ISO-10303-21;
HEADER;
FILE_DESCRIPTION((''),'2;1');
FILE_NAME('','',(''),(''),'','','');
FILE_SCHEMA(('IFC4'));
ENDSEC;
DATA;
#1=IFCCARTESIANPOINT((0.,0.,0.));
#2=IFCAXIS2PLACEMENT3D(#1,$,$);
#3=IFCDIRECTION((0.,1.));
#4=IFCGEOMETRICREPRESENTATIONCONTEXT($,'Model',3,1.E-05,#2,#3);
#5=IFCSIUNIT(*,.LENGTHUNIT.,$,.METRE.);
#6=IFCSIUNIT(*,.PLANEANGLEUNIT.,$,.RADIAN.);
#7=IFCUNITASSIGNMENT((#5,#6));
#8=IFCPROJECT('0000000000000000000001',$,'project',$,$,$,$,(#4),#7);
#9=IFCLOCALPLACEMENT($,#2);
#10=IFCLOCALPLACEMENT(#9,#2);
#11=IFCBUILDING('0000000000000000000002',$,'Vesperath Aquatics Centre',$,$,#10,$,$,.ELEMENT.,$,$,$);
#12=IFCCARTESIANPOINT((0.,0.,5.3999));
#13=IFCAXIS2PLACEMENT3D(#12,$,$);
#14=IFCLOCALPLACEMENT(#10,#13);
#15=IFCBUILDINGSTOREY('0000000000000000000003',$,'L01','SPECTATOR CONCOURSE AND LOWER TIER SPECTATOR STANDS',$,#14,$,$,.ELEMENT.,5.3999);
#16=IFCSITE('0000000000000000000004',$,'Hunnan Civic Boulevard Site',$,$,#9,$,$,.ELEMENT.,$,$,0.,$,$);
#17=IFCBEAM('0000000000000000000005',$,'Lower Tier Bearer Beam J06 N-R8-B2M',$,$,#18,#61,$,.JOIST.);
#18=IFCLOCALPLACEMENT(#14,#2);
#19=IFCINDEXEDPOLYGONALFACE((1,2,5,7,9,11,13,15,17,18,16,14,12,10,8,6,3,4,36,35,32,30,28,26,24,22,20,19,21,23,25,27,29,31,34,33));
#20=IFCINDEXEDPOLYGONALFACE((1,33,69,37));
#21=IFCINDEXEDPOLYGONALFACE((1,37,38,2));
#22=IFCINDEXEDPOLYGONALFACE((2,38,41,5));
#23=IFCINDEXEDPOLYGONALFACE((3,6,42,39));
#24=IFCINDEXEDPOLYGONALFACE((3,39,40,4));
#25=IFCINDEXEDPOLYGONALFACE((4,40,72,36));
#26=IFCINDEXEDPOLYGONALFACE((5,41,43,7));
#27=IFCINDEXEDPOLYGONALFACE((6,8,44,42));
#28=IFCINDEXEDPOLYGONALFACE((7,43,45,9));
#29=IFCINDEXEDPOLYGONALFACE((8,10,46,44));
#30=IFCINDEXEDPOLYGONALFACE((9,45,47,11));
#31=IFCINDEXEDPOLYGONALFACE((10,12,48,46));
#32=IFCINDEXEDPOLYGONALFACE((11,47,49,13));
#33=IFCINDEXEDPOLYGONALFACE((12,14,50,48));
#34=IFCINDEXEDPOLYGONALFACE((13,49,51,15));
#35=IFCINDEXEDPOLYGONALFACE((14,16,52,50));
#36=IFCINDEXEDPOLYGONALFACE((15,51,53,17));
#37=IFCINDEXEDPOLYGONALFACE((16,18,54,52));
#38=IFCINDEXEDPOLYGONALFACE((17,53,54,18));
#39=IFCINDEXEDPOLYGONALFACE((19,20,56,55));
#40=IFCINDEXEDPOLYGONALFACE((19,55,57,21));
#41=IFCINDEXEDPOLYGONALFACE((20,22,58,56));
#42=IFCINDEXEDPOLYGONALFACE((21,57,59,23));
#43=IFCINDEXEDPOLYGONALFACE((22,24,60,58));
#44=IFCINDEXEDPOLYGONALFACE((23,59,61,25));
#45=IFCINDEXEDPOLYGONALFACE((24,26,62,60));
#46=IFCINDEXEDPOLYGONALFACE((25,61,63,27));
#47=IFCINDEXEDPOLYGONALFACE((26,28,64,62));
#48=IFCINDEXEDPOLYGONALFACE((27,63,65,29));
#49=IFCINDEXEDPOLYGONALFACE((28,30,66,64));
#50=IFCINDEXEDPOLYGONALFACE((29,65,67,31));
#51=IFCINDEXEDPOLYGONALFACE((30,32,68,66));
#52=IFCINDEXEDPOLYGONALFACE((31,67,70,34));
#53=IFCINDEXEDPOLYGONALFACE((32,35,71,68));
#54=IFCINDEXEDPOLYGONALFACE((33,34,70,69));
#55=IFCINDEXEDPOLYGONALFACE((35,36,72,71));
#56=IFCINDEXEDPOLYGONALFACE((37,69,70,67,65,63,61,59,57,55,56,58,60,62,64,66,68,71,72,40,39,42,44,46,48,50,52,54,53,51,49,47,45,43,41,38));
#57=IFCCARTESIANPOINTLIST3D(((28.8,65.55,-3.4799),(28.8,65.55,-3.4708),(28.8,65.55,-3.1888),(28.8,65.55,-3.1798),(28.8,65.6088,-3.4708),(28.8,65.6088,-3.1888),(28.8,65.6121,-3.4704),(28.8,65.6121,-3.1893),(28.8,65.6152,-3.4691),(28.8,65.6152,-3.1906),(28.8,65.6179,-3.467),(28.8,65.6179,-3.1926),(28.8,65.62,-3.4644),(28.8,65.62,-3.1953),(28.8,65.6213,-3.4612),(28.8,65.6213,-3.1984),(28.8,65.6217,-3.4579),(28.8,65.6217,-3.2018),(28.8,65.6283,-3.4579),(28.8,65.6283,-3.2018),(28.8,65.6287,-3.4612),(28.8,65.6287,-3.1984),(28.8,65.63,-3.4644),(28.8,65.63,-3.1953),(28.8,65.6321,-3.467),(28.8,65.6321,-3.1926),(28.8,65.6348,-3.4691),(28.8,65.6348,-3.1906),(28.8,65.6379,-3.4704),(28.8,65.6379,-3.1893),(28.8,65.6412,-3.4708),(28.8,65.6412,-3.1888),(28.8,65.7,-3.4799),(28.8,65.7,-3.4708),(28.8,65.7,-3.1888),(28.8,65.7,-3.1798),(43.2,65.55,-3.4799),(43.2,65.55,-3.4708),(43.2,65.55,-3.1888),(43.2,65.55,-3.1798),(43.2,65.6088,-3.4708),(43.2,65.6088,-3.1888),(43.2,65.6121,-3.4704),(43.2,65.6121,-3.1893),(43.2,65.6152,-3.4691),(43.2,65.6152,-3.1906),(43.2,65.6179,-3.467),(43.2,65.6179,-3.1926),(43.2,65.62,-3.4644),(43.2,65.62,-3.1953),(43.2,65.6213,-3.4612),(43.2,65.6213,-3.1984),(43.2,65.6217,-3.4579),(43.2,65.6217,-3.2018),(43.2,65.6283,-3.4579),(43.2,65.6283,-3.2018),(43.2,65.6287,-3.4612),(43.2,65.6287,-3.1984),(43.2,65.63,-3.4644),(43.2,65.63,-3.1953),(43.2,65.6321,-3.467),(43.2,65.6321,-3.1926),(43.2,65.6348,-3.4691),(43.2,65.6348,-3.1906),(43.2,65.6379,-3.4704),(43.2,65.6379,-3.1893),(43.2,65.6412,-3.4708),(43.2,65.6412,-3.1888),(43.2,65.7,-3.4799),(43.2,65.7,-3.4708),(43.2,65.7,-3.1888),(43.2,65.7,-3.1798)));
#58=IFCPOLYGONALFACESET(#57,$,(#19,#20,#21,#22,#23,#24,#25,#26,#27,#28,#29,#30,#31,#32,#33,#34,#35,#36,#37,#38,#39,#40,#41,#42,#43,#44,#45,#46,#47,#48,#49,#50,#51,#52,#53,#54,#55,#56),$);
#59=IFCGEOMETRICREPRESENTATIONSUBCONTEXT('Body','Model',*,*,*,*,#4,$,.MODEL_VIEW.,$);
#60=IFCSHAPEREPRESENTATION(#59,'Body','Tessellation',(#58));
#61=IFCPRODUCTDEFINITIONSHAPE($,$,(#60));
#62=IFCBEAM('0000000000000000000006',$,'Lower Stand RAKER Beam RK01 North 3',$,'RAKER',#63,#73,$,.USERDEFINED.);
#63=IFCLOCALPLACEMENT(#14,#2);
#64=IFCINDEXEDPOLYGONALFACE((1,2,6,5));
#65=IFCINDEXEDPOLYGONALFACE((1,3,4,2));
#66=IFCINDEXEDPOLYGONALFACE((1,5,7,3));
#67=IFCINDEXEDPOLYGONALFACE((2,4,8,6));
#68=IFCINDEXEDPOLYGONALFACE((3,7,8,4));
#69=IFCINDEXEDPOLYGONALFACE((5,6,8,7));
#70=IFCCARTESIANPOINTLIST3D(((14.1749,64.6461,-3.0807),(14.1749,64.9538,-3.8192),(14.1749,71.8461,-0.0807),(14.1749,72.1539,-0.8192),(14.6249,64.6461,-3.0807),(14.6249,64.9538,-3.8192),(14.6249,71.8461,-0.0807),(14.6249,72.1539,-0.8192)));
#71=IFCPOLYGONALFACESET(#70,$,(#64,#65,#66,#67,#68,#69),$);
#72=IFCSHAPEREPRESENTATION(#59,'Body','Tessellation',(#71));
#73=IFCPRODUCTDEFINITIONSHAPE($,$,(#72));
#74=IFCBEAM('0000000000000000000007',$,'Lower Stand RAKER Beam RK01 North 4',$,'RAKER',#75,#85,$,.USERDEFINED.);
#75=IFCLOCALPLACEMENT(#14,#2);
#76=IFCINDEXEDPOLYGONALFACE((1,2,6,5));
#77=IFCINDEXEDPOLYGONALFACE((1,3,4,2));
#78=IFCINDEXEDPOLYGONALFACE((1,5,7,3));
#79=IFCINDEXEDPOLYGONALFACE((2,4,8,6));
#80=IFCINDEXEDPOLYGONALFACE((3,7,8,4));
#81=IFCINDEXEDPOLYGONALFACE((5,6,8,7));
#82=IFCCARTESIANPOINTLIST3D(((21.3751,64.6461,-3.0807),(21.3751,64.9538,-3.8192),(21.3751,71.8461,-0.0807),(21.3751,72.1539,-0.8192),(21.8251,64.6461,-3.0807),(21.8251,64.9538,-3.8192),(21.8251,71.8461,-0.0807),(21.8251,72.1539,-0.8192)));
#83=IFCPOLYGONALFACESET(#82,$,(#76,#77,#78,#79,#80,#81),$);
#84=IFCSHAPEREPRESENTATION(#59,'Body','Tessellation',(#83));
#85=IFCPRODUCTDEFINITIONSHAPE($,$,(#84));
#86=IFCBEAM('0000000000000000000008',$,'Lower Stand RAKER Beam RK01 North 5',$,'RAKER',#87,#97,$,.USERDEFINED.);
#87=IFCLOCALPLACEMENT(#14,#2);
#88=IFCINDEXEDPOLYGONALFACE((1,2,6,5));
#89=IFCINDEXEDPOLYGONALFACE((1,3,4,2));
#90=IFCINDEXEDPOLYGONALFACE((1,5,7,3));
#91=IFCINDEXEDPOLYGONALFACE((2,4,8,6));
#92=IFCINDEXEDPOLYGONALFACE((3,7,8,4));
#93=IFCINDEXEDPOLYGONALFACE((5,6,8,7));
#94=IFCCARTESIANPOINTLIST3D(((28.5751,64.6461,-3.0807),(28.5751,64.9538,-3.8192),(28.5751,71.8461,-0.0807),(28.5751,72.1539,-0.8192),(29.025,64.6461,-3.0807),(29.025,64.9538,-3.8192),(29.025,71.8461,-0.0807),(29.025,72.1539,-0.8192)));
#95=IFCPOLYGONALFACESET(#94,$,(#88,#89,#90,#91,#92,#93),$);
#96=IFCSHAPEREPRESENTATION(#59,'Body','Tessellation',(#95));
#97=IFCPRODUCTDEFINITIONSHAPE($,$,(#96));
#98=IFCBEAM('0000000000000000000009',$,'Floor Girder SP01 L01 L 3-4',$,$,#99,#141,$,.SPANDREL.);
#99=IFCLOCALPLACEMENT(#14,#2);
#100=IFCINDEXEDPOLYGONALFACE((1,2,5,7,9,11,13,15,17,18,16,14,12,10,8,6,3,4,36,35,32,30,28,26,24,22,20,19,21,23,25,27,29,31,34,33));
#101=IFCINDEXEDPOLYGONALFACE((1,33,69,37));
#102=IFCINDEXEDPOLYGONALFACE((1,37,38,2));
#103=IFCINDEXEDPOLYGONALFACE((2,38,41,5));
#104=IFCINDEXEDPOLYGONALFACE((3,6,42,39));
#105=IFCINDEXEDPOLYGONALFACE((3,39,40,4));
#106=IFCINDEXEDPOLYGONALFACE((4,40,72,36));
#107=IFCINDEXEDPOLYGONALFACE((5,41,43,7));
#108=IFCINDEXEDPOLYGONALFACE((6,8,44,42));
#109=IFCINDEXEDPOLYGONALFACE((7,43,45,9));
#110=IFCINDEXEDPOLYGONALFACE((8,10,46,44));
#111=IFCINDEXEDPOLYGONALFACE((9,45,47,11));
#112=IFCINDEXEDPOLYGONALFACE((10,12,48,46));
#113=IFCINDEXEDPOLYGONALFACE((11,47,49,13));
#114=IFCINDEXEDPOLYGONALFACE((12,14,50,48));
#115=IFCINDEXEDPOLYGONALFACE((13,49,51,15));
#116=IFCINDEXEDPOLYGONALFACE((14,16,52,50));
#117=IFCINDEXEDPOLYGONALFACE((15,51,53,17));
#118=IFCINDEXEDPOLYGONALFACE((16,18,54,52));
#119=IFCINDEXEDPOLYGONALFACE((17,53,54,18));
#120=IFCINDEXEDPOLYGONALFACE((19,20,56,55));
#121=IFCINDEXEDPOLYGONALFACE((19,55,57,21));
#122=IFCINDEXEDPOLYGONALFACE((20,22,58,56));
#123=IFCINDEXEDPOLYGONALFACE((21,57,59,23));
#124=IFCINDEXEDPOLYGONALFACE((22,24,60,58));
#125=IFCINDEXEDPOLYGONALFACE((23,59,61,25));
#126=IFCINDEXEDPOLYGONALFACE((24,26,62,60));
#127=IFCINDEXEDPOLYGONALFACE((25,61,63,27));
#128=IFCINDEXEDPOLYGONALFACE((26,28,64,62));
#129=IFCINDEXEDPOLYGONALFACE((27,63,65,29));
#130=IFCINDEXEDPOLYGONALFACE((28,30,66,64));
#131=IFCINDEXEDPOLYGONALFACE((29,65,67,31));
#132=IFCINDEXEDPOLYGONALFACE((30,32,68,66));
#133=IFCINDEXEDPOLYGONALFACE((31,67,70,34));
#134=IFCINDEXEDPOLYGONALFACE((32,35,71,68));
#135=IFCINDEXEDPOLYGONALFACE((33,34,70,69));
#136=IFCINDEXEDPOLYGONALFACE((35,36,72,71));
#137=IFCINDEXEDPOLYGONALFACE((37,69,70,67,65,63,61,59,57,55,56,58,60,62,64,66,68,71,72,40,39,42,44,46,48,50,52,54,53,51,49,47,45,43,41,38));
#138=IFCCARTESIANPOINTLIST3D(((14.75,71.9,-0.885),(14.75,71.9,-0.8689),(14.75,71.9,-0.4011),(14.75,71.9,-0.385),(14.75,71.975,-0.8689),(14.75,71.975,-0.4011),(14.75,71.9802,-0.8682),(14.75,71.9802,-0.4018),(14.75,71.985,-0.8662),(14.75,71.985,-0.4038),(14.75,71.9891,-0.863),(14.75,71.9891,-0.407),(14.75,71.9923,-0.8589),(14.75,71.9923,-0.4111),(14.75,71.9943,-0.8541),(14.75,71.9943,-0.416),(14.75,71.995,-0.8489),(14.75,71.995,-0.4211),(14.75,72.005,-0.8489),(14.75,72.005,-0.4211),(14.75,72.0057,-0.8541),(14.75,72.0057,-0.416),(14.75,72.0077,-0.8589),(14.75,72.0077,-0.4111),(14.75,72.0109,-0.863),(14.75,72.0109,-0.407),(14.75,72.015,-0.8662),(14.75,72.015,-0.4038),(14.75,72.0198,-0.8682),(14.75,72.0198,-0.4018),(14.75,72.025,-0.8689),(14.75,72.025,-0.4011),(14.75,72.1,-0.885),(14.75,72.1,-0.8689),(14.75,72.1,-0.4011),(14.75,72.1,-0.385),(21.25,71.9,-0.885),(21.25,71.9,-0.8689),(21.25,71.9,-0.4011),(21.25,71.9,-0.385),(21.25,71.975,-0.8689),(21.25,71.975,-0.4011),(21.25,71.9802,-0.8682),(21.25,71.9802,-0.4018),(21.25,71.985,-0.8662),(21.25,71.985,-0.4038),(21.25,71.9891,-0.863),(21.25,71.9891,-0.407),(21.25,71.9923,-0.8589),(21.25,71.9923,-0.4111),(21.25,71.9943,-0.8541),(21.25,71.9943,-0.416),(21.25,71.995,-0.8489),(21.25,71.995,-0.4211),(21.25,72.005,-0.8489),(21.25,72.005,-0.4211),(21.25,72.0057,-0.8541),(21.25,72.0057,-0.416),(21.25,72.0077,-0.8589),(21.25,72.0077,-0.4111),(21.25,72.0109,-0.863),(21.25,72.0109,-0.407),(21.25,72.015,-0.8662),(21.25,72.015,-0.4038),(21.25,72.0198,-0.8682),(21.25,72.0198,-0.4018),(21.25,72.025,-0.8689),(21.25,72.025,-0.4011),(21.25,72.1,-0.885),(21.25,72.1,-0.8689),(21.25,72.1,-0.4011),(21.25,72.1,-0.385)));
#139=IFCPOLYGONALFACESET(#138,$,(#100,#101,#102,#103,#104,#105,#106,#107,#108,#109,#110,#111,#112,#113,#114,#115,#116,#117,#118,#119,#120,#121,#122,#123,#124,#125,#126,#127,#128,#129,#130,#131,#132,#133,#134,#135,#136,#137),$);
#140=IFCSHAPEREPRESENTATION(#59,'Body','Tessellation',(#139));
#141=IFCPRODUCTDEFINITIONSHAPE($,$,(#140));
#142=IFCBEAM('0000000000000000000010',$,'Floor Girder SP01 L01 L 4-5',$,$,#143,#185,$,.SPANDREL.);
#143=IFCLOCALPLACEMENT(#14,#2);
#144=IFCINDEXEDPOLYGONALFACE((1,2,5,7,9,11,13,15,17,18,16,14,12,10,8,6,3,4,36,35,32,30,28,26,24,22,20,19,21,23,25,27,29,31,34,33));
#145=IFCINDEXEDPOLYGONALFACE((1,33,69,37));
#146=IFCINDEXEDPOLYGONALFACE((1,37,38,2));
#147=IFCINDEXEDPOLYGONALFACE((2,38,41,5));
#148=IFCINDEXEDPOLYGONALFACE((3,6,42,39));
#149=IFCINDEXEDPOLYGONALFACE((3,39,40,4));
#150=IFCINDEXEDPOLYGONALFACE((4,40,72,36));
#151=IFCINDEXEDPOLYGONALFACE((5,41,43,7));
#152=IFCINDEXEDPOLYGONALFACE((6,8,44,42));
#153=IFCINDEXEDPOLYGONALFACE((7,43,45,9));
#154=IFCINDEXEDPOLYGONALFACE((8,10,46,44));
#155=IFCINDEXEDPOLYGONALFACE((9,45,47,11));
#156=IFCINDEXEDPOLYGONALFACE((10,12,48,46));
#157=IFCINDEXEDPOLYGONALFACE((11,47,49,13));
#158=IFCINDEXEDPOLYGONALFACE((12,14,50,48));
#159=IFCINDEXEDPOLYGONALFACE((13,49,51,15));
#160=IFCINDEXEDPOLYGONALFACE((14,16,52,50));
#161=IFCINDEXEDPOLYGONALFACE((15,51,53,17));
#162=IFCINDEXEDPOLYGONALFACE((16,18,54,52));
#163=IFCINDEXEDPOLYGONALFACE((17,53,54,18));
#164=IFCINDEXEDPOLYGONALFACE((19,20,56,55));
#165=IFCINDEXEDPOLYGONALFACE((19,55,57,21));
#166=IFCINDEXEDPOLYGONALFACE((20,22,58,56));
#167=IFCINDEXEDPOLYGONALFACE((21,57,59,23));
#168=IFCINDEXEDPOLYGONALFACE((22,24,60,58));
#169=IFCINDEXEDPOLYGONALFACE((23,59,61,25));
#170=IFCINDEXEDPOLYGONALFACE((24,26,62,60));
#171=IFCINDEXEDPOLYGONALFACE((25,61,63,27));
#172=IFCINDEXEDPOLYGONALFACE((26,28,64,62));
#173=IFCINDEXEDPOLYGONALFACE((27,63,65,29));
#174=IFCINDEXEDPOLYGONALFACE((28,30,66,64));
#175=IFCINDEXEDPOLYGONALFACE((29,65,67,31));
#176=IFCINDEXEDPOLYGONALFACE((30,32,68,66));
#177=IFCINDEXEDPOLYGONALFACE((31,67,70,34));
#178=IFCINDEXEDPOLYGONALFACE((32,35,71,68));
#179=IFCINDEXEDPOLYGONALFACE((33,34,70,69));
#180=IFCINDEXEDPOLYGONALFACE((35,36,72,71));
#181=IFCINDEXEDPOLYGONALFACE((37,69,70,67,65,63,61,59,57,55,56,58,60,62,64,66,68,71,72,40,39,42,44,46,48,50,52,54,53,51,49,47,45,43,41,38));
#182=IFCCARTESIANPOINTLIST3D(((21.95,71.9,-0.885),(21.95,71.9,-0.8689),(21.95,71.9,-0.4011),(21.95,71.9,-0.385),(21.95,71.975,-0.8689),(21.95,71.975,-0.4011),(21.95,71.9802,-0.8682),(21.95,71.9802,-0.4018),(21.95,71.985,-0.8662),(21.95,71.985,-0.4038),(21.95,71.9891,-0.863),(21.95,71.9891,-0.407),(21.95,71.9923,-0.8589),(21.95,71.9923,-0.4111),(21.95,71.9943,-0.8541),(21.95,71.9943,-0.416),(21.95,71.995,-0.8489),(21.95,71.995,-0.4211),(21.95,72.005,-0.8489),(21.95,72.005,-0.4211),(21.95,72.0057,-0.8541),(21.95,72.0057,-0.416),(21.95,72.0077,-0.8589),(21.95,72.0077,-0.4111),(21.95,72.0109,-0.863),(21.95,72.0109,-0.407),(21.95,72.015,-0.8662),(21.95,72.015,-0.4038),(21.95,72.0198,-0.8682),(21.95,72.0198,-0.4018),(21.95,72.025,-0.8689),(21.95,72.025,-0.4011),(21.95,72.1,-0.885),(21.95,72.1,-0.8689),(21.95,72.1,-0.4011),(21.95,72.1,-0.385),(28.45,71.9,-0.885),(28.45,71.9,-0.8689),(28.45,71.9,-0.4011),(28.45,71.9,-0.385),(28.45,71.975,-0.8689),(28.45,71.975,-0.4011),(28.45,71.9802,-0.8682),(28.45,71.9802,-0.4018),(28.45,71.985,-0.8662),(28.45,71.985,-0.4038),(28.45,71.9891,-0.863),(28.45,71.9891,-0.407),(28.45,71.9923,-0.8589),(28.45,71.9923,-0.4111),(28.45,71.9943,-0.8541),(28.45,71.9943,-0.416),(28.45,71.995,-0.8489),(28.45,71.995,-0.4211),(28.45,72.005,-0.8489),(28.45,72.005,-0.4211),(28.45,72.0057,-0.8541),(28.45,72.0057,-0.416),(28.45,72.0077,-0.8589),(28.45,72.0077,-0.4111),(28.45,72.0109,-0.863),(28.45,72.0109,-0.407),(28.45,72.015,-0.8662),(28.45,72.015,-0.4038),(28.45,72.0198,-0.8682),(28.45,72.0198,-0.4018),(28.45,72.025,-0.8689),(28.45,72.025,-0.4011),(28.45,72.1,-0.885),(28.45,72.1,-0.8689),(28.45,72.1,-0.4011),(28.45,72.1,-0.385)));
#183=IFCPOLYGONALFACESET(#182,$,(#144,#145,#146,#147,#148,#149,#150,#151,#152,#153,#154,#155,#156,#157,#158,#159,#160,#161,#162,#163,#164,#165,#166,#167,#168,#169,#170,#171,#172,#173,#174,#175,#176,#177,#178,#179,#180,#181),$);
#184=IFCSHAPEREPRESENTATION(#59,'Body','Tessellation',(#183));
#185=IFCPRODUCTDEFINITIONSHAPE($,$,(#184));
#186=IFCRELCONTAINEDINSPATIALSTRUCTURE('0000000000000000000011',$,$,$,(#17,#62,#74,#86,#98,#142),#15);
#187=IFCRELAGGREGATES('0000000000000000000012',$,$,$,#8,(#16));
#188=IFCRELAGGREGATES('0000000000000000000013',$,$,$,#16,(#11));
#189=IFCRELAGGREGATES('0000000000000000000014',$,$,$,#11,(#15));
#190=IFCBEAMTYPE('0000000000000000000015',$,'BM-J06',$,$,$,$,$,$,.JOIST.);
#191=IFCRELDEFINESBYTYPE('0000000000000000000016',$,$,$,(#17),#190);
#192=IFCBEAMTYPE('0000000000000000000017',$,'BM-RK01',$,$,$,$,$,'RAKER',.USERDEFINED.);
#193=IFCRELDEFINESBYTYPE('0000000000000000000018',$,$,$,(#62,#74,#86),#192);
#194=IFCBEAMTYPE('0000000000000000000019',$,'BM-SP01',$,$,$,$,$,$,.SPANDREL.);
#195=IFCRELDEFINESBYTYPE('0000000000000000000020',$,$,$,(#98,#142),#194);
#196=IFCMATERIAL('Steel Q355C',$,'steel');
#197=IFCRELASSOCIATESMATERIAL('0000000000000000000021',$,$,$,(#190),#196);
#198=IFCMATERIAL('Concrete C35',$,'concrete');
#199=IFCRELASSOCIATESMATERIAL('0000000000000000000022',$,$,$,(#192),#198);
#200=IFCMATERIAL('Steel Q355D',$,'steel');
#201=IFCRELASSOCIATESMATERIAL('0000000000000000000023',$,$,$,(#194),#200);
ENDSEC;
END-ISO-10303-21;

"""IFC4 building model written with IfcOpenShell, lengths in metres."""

from ifc_helpers import new_model, si_unit, direction, frame, origin, origin_2d, place, context, subcontext, project, spatial, rectangle, i_section, extrude, material, material_profile, profile_set, type_object, element, save


model = new_model("IFC4")

# Units and contexts
model_context = context("Model", 3, precision=1e-05, world=origin(), true_north=direction((0.0, 1.0)))
body_context = subcontext(model_context, "Body", "Model", "MODEL_VIEW")
ifc_project = project(units=[si_unit("LENGTHUNIT", "METRE"), si_unit("PLANEANGLEUNIT", "RADIAN")], contexts=[model_context])

# Site, building, storey
site_placement = place(None, origin())
site = spatial("IfcSite", under=ifc_project, at=site_placement, Name="Hunnan Civic Boulevard Site", CompositionType="ELEMENT", RefElevation=0.0)
building_placement = place(site_placement, origin())
building = spatial("IfcBuilding", under=site, at=building_placement, Name="Vesperath Aquatics Centre", CompositionType="ELEMENT")
storey_placement = place(building_placement, frame((0.0, 0.0, 5.3999)))
storey = spatial("IfcBuildingStorey", under=building, at=storey_placement, Name="L01", Description="SPECTATOR CONCOURSE AND LOWER TIER SPECTATOR STANDS", CompositionType="ELEMENT", Elevation=5.3999)

# Beams
ifc_material_1 = material(Name="Concrete C35", Category="concrete")
ifc_material_2 = material(Name="Steel Q355C", Category="steel")
ifc_material_profile_1 = material_profile(ifc_material_2, i_section(OverallWidth=0.1499, OverallDepth=0.3, WebThickness=0.0066, FlangeThickness=0.009, FilletRadius=0.0129, at=origin_2d()), Name="HN 300x150x6.5x9")
ifc_profile_set_1 = profile_set([ifc_material_profile_1], Name="Steel Q355C")
beam_type_1 = type_object("IfcBeamType", Name="BM-J06", PredefinedType="JOIST", material=ifc_profile_set_1)
for number, where, z_axis, x_axis, name in (
    (1, (28.8, 65.625, -3.3298), (1.0, 0.0, 0.0), (0.0, 1.0, 0.0), "Lower Tier Bearer Beam J06 N-R8-B2M"),
):
    element("IfcBeam", number, at=place(storey_placement, frame(where, z_axis=z_axis, x_axis=x_axis)), inside=storey, type_object=beam_type_1, Name=name, PredefinedType="JOIST", context=body_context, shape_type="SweptSolid", body=[
        extrude(i_section(OverallWidth=0.1499, OverallDepth=0.3, WebThickness=0.0066, FlangeThickness=0.009, FilletRadius=0.0129, at=origin_2d()), origin(), (0.0, 0.0, 1.0), 14.3999),
    ])
ifc_material_profile_2 = material_profile(ifc_material_1, rectangle(XDim=0.45, YDim=0.8, at=origin_2d()), Name="RC 450x800")
ifc_profile_set_2 = profile_set([ifc_material_profile_2], Name="Concrete C35")
beam_type_2 = type_object("IfcBeamType", Name="BM-RK01", ElementType="RAKER", PredefinedType="USERDEFINED", material=ifc_profile_set_2)
for number, where, z_axis, x_axis, name in (
    (2, (14.3999, 72.0, -0.45), (0.0, -0.923076, -0.384618), (1.0, 0.0, 0.0), "Lower Stand RAKER Beam RK01 North 3"),
    (3, (21.6001, 72.0, -0.45), (0.0, -0.923076, -0.384618), (1.0, 0.0, 0.0), "Lower Stand RAKER Beam RK01 North 4"),
    (4, (28.8, 72.0, -0.45), (0.0, -0.923076, -0.384618), (1.0, 0.0, 0.0), "Lower Stand RAKER Beam RK01 North 5"),
):
    element("IfcBeam", number, at=place(storey_placement, frame(where, z_axis=z_axis, x_axis=x_axis)), inside=storey, type_object=beam_type_2, Name=name, ObjectType="RAKER", PredefinedType="USERDEFINED", context=body_context, shape_type="SweptSolid", body=[
        extrude(rectangle(XDim=0.45, YDim=0.8, at=origin_2d()), origin(), (0.0, 0.0, 1.0), 7.8),
    ])
ifc_material_3 = material(Name="Steel Q355D", Category="steel")
ifc_material_profile_3 = material_profile(ifc_material_3, i_section(OverallWidth=0.2, OverallDepth=0.5, WebThickness=0.01, FlangeThickness=0.0161, FilletRadius=0.02, at=origin_2d()), Name="HN 500x200x10x16")
ifc_profile_set_3 = profile_set([ifc_material_profile_3], Name="Steel Q355D")
beam_type_3 = type_object("IfcBeamType", Name="BM-SP01", PredefinedType="SPANDREL", material=ifc_profile_set_3)
for number, where, z_axis, x_axis, name in (
    (5, (14.75, 72.0, -0.635), (1.0, 0.0, 0.0), (0.0, 1.0, 0.0), "Floor Girder SP01 L01 L 3-4"),
    (6, (21.95, 72.0, -0.635), (1.0, 0.0, 0.0), (0.0, 1.0, 0.0), "Floor Girder SP01 L01 L 4-5"),
):
    element("IfcBeam", number, at=place(storey_placement, frame(where, z_axis=z_axis, x_axis=x_axis)), inside=storey, type_object=beam_type_3, Name=name, PredefinedType="SPANDREL", context=body_context, shape_type="SweptSolid", body=[
        extrude(i_section(OverallWidth=0.2, OverallDepth=0.5, WebThickness=0.01, FlangeThickness=0.0161, FilletRadius=0.02, at=origin_2d()), origin(), (0.0, 0.0, 1.0), 6.5),
    ])

save(model, "model.ifc")
